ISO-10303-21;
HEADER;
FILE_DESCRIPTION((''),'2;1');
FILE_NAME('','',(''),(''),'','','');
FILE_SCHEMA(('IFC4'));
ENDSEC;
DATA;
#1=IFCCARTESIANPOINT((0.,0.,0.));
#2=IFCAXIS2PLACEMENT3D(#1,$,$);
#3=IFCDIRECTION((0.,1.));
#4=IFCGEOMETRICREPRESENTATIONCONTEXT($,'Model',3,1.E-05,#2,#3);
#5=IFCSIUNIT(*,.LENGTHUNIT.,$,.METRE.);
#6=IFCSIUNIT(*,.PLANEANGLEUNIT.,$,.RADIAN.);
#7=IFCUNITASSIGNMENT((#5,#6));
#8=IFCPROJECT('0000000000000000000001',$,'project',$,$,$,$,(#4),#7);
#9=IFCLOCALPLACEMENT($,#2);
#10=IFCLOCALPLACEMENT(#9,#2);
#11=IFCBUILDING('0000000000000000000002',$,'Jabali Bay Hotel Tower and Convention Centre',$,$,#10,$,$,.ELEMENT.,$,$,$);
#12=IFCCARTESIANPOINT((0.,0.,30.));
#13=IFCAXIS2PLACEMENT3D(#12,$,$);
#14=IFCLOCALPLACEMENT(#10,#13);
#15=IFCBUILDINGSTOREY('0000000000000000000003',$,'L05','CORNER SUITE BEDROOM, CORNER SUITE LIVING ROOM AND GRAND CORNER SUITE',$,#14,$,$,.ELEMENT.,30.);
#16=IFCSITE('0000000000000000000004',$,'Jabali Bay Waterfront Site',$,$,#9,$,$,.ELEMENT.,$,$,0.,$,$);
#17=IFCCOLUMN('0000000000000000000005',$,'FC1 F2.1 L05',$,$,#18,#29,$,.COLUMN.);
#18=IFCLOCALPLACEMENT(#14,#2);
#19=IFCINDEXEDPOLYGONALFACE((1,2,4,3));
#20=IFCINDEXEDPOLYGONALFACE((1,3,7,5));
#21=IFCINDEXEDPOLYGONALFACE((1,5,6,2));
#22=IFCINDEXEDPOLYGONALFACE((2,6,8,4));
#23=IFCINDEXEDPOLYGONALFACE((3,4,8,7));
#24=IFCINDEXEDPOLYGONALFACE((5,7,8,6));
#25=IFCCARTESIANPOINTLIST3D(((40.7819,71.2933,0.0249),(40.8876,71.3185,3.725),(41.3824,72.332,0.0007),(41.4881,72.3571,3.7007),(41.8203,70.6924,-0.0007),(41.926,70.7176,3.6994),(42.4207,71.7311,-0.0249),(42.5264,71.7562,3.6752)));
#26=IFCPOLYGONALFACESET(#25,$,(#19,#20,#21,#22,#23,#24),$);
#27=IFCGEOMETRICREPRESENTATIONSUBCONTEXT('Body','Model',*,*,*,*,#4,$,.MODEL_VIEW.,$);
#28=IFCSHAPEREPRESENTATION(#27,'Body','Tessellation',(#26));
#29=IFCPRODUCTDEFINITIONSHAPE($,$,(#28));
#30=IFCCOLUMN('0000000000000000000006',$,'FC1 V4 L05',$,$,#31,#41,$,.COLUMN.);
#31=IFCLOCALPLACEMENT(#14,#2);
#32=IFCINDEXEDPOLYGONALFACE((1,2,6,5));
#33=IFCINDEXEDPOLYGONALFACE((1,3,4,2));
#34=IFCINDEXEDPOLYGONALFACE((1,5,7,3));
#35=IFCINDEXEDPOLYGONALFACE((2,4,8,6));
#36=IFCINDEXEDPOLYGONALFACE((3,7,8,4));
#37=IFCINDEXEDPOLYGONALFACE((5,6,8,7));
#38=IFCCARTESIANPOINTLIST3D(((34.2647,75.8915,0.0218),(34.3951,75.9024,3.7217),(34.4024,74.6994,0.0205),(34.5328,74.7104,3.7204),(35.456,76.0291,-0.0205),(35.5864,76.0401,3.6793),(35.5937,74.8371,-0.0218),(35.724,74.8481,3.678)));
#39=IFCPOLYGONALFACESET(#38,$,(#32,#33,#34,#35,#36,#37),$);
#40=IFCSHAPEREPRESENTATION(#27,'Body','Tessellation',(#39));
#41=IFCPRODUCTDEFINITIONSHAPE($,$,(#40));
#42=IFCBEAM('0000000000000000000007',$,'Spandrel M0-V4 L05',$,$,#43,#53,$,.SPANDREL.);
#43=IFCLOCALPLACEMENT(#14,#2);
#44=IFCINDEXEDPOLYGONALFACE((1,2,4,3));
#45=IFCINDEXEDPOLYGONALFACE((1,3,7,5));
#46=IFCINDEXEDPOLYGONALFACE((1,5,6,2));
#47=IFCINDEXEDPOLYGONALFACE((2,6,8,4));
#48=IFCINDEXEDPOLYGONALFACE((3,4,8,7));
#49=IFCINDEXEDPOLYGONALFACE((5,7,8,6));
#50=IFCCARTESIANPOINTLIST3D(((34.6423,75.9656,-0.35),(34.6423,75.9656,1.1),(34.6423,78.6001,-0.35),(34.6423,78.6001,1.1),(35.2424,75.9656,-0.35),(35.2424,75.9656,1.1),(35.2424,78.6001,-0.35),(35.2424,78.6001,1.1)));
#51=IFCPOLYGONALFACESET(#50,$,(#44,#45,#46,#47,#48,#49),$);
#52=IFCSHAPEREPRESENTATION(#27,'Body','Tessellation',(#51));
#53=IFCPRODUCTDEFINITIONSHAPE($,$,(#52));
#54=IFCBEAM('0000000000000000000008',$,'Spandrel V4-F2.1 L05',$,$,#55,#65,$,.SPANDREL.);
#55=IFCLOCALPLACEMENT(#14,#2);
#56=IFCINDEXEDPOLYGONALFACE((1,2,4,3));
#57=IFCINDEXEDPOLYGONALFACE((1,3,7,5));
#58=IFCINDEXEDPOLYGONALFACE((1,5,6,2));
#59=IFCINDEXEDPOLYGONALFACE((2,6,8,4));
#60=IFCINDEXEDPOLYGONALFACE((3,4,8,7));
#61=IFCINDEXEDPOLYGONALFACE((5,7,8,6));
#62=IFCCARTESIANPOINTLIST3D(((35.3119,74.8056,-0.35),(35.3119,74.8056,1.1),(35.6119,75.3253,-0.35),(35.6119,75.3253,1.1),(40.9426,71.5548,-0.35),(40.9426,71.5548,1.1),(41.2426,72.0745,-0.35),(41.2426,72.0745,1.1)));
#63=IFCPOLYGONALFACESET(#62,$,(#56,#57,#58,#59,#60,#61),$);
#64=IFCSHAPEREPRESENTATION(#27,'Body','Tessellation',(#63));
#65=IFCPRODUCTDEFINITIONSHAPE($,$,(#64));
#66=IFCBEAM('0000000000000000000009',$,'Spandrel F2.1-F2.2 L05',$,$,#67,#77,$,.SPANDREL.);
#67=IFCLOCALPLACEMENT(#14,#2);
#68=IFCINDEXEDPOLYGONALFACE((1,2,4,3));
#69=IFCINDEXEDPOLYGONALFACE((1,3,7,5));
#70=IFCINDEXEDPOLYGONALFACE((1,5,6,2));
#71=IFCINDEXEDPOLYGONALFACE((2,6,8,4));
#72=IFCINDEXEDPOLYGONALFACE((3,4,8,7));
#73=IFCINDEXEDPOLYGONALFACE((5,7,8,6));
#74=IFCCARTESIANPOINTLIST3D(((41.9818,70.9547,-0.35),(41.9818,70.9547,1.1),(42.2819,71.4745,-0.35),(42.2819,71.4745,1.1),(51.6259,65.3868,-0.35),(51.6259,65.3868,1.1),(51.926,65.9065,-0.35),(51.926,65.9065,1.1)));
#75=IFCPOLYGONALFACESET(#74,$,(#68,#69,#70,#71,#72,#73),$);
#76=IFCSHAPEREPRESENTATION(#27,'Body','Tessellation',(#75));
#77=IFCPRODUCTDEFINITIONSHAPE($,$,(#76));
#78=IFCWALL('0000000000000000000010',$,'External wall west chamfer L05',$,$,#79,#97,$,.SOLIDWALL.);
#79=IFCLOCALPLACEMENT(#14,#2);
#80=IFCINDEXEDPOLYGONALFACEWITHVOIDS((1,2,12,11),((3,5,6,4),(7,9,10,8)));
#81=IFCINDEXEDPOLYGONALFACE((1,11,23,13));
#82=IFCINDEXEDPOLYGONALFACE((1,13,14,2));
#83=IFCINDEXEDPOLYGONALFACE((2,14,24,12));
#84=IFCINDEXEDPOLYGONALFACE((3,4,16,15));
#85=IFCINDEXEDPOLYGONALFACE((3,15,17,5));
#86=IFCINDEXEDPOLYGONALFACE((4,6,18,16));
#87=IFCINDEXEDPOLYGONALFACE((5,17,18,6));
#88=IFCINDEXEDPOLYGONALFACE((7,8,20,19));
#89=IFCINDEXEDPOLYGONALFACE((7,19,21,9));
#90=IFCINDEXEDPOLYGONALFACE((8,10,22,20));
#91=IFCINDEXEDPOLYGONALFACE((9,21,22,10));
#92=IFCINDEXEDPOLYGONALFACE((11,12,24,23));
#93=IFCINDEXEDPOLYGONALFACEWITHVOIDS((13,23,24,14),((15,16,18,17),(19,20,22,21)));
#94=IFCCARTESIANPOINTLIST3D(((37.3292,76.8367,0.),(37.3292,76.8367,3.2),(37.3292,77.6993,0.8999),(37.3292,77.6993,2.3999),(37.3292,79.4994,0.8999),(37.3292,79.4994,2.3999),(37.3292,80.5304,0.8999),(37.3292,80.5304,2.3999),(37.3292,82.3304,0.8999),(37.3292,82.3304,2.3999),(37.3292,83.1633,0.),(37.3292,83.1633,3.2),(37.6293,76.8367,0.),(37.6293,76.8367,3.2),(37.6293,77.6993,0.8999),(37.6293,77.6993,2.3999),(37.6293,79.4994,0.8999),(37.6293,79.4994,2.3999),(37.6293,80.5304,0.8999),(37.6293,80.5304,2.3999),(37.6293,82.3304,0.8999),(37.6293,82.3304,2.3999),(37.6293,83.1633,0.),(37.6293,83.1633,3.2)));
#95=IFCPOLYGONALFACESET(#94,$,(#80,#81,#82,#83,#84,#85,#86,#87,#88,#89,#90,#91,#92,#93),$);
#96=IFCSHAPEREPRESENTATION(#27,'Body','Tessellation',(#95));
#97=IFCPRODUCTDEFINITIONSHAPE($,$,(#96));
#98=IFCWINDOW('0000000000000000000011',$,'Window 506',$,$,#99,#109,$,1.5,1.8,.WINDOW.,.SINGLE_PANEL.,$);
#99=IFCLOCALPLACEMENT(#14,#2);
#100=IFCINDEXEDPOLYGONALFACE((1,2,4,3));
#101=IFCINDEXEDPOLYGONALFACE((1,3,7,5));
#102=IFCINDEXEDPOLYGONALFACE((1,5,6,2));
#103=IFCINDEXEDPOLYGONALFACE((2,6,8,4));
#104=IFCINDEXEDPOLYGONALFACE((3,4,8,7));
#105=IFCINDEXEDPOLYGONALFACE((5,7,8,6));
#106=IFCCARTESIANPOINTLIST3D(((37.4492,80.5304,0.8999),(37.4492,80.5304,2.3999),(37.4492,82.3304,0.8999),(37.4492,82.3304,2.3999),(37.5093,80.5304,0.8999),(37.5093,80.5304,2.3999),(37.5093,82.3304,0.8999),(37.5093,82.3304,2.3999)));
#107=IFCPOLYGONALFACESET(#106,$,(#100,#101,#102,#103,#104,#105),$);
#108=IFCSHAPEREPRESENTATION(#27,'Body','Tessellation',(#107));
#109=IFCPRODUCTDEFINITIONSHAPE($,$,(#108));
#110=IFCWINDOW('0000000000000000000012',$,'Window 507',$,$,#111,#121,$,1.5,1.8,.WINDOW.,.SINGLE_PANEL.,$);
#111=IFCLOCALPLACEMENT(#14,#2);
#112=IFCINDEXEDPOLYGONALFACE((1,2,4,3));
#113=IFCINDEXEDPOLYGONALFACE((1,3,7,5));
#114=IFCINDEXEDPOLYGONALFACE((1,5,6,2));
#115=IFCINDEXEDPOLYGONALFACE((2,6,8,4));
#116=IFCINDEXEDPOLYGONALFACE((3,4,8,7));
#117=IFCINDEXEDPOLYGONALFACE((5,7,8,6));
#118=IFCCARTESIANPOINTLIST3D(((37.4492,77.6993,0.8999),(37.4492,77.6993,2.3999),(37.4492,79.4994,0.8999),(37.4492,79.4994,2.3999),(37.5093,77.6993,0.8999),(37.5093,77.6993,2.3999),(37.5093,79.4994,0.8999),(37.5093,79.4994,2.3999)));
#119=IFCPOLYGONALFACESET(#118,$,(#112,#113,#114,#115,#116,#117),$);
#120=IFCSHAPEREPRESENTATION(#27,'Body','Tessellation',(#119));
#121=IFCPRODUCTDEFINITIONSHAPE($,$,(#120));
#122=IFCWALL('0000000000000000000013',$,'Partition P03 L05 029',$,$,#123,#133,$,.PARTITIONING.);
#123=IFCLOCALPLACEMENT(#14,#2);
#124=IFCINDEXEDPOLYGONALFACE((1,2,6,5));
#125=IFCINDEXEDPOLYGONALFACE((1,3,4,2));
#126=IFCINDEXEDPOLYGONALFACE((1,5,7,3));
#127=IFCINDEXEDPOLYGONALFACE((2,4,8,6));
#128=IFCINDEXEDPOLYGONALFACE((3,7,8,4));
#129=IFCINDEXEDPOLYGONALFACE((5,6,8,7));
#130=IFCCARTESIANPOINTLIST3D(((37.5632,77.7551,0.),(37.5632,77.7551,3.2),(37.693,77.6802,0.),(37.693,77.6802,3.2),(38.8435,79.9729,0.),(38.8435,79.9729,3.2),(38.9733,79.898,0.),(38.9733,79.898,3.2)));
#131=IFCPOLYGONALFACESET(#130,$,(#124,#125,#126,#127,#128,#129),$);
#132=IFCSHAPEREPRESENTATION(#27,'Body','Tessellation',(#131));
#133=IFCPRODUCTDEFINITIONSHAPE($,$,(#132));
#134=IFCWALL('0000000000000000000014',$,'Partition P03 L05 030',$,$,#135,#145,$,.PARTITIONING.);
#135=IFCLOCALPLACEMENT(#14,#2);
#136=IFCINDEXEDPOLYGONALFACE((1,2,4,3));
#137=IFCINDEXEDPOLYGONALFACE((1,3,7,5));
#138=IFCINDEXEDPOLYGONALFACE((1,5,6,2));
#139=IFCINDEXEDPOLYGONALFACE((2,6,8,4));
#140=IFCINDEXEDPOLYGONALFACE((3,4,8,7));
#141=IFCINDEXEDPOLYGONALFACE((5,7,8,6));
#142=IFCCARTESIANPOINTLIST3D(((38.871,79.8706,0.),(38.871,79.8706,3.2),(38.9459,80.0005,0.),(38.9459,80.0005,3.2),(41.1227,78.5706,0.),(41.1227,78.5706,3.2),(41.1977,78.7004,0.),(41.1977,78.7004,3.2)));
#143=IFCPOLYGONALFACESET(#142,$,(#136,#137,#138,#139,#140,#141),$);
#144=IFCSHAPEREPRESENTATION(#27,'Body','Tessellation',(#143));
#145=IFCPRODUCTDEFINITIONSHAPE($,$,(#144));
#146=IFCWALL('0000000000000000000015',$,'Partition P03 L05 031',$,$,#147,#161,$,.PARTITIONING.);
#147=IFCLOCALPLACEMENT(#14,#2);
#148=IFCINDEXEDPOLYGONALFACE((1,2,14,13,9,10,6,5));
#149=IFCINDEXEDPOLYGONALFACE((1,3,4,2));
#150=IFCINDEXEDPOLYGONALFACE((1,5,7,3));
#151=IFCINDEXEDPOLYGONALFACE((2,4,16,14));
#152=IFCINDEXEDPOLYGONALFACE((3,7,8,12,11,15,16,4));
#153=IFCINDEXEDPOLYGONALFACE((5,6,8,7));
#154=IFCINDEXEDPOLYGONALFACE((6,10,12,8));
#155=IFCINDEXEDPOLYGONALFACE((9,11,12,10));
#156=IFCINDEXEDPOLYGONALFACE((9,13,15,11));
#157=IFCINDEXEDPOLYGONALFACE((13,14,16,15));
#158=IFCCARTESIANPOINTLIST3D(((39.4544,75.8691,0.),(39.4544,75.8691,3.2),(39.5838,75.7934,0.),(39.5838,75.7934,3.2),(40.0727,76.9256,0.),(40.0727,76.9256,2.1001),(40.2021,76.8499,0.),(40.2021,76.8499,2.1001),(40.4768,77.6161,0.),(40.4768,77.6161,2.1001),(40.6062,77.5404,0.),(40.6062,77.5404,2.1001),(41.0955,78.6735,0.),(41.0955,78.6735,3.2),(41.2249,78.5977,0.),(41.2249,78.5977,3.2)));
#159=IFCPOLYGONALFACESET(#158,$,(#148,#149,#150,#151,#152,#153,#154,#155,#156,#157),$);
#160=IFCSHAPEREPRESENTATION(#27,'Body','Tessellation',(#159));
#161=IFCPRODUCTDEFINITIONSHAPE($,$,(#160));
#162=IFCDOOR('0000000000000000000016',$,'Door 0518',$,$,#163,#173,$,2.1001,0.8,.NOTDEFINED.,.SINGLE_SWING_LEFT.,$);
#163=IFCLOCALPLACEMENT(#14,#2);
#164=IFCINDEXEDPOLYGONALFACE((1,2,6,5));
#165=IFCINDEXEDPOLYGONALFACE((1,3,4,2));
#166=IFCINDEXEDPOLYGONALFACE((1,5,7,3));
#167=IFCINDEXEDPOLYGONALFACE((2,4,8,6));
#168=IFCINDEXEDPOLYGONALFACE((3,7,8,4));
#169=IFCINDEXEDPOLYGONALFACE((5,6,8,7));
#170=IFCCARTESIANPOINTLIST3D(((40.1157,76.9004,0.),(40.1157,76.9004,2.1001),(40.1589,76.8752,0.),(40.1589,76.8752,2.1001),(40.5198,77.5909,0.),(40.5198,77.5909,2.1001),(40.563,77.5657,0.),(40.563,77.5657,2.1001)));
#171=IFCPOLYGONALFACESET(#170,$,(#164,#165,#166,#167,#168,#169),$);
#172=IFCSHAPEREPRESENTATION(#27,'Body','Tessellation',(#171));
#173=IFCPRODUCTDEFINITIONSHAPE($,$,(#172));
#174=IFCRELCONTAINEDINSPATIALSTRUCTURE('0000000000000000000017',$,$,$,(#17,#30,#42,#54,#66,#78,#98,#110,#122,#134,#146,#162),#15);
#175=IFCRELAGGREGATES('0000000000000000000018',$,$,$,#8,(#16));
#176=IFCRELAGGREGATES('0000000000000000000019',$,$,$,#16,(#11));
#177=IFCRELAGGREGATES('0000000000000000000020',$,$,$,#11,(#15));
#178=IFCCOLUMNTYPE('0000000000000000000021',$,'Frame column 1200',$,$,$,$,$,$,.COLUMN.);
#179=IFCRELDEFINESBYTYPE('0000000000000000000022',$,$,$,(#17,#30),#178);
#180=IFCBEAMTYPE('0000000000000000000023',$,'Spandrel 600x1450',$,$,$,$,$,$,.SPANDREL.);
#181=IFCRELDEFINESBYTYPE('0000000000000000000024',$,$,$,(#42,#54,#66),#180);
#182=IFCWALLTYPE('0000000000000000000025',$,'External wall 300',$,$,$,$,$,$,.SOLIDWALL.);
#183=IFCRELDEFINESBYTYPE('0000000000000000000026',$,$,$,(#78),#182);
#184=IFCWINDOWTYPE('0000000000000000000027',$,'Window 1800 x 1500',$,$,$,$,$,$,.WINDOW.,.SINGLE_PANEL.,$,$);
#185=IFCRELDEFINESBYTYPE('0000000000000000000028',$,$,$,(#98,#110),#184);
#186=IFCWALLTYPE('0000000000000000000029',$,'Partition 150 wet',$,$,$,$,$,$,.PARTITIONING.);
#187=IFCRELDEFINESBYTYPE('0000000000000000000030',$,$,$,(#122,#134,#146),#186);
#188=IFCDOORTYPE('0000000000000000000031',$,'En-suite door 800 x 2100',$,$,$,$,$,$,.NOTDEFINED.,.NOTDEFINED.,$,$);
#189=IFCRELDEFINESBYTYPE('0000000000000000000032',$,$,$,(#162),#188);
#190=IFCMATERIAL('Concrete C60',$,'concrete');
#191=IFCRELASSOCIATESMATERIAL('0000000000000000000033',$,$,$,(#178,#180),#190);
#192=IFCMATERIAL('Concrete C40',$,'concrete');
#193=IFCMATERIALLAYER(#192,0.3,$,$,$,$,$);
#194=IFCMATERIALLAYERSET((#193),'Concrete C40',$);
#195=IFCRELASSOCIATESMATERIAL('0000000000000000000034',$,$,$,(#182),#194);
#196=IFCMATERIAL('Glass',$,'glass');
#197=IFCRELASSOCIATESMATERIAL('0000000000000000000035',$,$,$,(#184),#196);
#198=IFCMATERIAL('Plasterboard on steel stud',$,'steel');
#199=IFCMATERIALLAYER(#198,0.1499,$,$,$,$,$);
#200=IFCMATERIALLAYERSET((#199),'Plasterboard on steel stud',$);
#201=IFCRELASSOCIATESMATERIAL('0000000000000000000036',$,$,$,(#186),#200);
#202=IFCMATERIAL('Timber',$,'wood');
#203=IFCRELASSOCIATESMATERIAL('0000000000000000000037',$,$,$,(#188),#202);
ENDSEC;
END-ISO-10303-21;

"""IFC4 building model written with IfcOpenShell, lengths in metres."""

from ifc_helpers import new_model, si_unit, direction, frame, frame_2d, origin, origin_2d, place, context, subcontext, project, spatial, rectangle, extrude, material, layer, layer_set, material_profile, profile_set, type_object, element, fill, save


model = new_model("IFC4")

# Units and contexts
model_context = context("Model", 3, precision=1e-05, world=origin(), true_north=direction((0.0, 1.0)))
body_context = subcontext(model_context, "Body", "Model", "MODEL_VIEW")
ifc_project = project(units=[si_unit("LENGTHUNIT", "METRE"), si_unit("PLANEANGLEUNIT", "RADIAN")], contexts=[model_context])

# Site, building, storey
site_placement = place(None, origin())
site = spatial("IfcSite", under=ifc_project, at=site_placement, Name="Jabali Bay Waterfront Site", CompositionType="ELEMENT", RefElevation=0.0)
building_placement = place(site_placement, origin())
building = spatial("IfcBuilding", under=site, at=building_placement, Name="Jabali Bay Hotel Tower and Convention Centre", CompositionType="ELEMENT")
storey_placement = place(building_placement, frame((0.0, 0.0, 30.0)))
storey = spatial("IfcBuildingStorey", under=building, at=storey_placement, Name="L05", Description="CORNER SUITE BEDROOM, CORNER SUITE LIVING ROOM AND GRAND CORNER SUITE", CompositionType="ELEMENT", Elevation=30.0)

# Columns
ifc_material_1 = material(Name="Concrete C60", Category="concrete")
ifc_material_profile_1 = material_profile(ifc_material_1, rectangle(XDim=1.2, YDim=1.2, at=origin_2d()), Name="Frame column 1200")
ifc_profile_set_1 = profile_set([ifc_material_profile_1], Name="Concrete C60")
column_type = type_object("IfcColumnType", Name="Frame column 1200", PredefinedType="COLUMN", material=ifc_profile_set_1)
column_1_placement = place(storey_placement, frame((41.6013, 71.5122, 0.0), z_axis=(0.028559, 0.006794, 0.999569), x_axis=(-0.86532, 0.500766, 0.02132)))
element("IfcColumn", 1, at=column_1_placement, inside=storey, type_object=column_type, Name="FC1 F2.1 L05", PredefinedType="COLUMN", context=body_context, shape_type="SweptSolid", body=[
    extrude(rectangle(XDim=1.2, YDim=1.2, at=origin_2d()), origin(), (0.0, 0.0, 1.0), 3.7017),
])
column_2_placement = place(storey_placement, frame((34.9292, 75.3643, 0.0), z_axis=(0.035214, 0.002967, 0.999375), x_axis=(-0.114738, 0.993395, 0.001093)))
element("IfcColumn", 2, at=column_2_placement, inside=storey, type_object=column_type, Name="FC1 V4 L05", PredefinedType="COLUMN", context=body_context, shape_type="SweptSolid", body=[
    extrude(rectangle(XDim=1.2, YDim=1.2, at=origin_2d()), origin(), (0.0, 0.0, 1.0), 3.7021),
])

# Beams
ifc_material_profile_2 = material_profile(ifc_material_1, rectangle(XDim=0.6001, YDim=1.45, at=origin_2d()), Name="Spandrel 600x1450")
ifc_profile_set_2 = profile_set([ifc_material_profile_2], Name="Concrete C60")
beam_type = type_object("IfcBeamType", Name="Spandrel 600x1450", PredefinedType="SPANDREL", material=ifc_profile_set_2)
beam_1_placement = place(storey_placement, frame((34.9424, 78.6001, 0.375), z_axis=(0.0, -1.0, 0.0), x_axis=(1.0, 0.0, 0.0)))
element("IfcBeam", 3, at=beam_1_placement, inside=storey, type_object=beam_type, Name="Spandrel M0-V4 L05", PredefinedType="SPANDREL", context=body_context, shape_type="SweptSolid", body=[
    extrude(rectangle(XDim=0.6001, YDim=1.45, at=origin_2d()), origin(), (0.0, 0.0, 1.0), 2.6345),
])
beam_2_placement = place(storey_placement, frame((35.4619, 75.0654, 0.375), z_axis=(0.866032, -0.499988, 0.0), x_axis=(0.499988, 0.866032, 0.0)))
element("IfcBeam", 4, at=beam_2_placement, inside=storey, type_object=beam_type, Name="Spandrel V4-F2.1 L05", PredefinedType="SPANDREL", context=body_context, shape_type="SweptSolid", body=[
    extrude(rectangle(XDim=0.6001, YDim=1.45, at=origin_2d()), origin(), (0.0, 0.0, 1.0), 6.5017),
])
beam_3_placement = place(storey_placement, frame((42.1318, 71.2146, 0.375), z_axis=(0.86603, -0.499992, 0.0), x_axis=(0.499992, 0.86603, 0.0)))
element("IfcBeam", 5, at=beam_3_placement, inside=storey, type_object=beam_type, Name="Spandrel F2.1-F2.2 L05", PredefinedType="SPANDREL", context=body_context, shape_type="SweptSolid", body=[
    extrude(rectangle(XDim=0.6001, YDim=1.45, at=origin_2d()), origin(), (0.0, 0.0, 1.0), 11.136),
])

# Wall, openings, windows
ifc_material_2 = material(Name="Concrete C40", Category="concrete")
ifc_layer_1 = layer(ifc_material_2, 0.3)
ifc_layer_set_1 = layer_set([ifc_layer_1], Name="Concrete C40")
wall_type_1 = type_object("IfcWallType", Name="External wall 300", PredefinedType="SOLIDWALL", material=ifc_layer_set_1)
wall_1_placement = place(storey_placement, frame((37.4792, 76.8367, 0.0), z_axis=(0.0, 0.0, 1.0), x_axis=(0.0, 1.0, 0.0)))
wall_1 = element("IfcWall", 6, at=wall_1_placement, inside=storey, type_object=wall_type_1, Name="External wall west chamfer L05", PredefinedType="SOLIDWALL", context=body_context, shape_type="SweptSolid", body=[
    extrude(rectangle(XDim=6.3267, YDim=0.3, at=frame_2d((3.1633, 0.0))), origin(), (0.0, 0.0, 1.0), 3.2),
])
opening_1_placement = place(wall_1_placement, frame((3.6938, 0.0, 0.8999)))
opening_1 = element("IfcOpeningElement", 7, at=opening_1_placement, cuts=wall_1, PredefinedType="OPENING", context=body_context, shape_type="SweptSolid", body=[
    extrude(rectangle(XDim=1.8, YDim=1.5, at=frame_2d((0.8999, 0.75))), frame((0.0, 0.1606, 0.0), z_axis=(0.0, -1.0, 0.0), x_axis=(1.0, 0.0, 0.0)), (0.0, 0.0, 1.0), 0.321),
])
opening_2_placement = place(wall_1_placement, frame((0.8628, 0.0, 0.8999)))
opening_2 = element("IfcOpeningElement", 8, at=opening_2_placement, cuts=wall_1, PredefinedType="OPENING", context=body_context, shape_type="SweptSolid", body=[
    extrude(rectangle(XDim=1.8, YDim=1.5, at=frame_2d((0.8999, 0.75))), frame((0.0, 0.1606, 0.0), z_axis=(0.0, -1.0, 0.0), x_axis=(1.0, 0.0, 0.0)), (0.0, 0.0, 1.0), 0.321),
])
ifc_material_3 = material(Name="Glass", Category="glass")
window_type = type_object("IfcWindowType", Name="Window 1800 x 1500", PartitioningType="SINGLE_PANEL", PredefinedType="WINDOW", material=ifc_material_3)
window_1_placement = place(opening_1_placement, origin())
window_1 = element("IfcWindow", 9, at=window_1_placement, inside=storey, type_object=window_type, Name="Window 506", OverallHeight=1.5, OverallWidth=1.8, PartitioningType="SINGLE_PANEL", PredefinedType="WINDOW", context=body_context, shape_type="SweptSolid", body=[
    extrude(rectangle(XDim=1.8, YDim=1.5, at=frame_2d((0.8999, 0.75))), frame((0.0, 0.03, 0.0), z_axis=(0.0, -1.0, 0.0), x_axis=(1.0, 0.0, 0.0)), (0.0, 0.0, 1.0), 0.0601),
])
fill(opening_1, window_1)
window_2_placement = place(opening_2_placement, origin())
window_2 = element("IfcWindow", 10, at=window_2_placement, inside=storey, type_object=window_type, Name="Window 507", OverallHeight=1.5, OverallWidth=1.8, PartitioningType="SINGLE_PANEL", PredefinedType="WINDOW", context=body_context, shape_type="SweptSolid", body=[
    extrude(rectangle(XDim=1.8, YDim=1.5, at=frame_2d((0.8999, 0.75))), frame((0.0, 0.03, 0.0), z_axis=(0.0, -1.0, 0.0), x_axis=(1.0, 0.0, 0.0)), (0.0, 0.0, 1.0), 0.0601),
])
fill(opening_2, window_2)

# Walls
ifc_material_4 = material(Name="Plasterboard on steel stud", Category="steel")
ifc_layer_2 = layer(ifc_material_4, 0.1499)
ifc_layer_set_2 = layer_set([ifc_layer_2], Name="Plasterboard on steel stud")
wall_type_2 = type_object("IfcWallType", Name="Partition 150 wet", PredefinedType="PARTITIONING", material=ifc_layer_set_2)
wall_2_placement = place(storey_placement, frame((37.6282, 77.7178, 0.0), z_axis=(0.0, 0.0, 1.0), x_axis=(0.499954, 0.866052, 0.0)))
element("IfcWall", 11, at=wall_2_placement, inside=storey, type_object=wall_type_2, Name="Partition P03 L05 029", PredefinedType="PARTITIONING", context=body_context, shape_type="SweptSolid", body=[
    extrude(rectangle(XDim=2.5608, YDim=0.1499, at=frame_2d((1.2803, 0.0))), origin(), (0.0, 0.0, 1.0), 3.2),
])
wall_3_placement = place(storey_placement, frame((38.9084, 79.9355, 0.0), z_axis=(0.0, 0.0, 1.0), x_axis=(0.866021, -0.500007, 0.0)))
element("IfcWall", 12, at=wall_3_placement, inside=storey, type_object=wall_type_2, Name="Partition P03 L05 030", PredefinedType="PARTITIONING", context=body_context, shape_type="SweptSolid", body=[
    extrude(rectangle(XDim=2.6001, YDim=0.1499, at=frame_2d((1.3, 0.0))), origin(), (0.0, 0.0, 1.0), 3.2),
])

# Wall, opening, door
wall_4_placement = place(storey_placement, frame((41.1602, 78.6355, 0.0), z_axis=(0.0, 0.0, 1.0), x_axis=(-0.505062, -0.863083, 0.0)))
wall_4 = element("IfcWall", 13, at=wall_4_placement, inside=storey, type_object=wall_type_2, Name="Partition P03 L05 031", PredefinedType="PARTITIONING", context=body_context, shape_type="SweptSolid", body=[
    extrude(rectangle(XDim=3.2493, YDim=0.1499, at=frame_2d((1.6245, 0.0))), origin(), (0.0, 0.0, 1.0), 3.2),
])
opening_3_placement = place(wall_4_placement, frame((1.2251, 0.0, 0.0)))
opening_3 = element("IfcOpeningElement", 14, at=opening_3_placement, cuts=wall_4, PredefinedType="OPENING", context=body_context, shape_type="SweptSolid", body=[
    extrude(rectangle(XDim=0.8, YDim=2.1001, at=frame_2d((0.3999, 1.05))), frame((0.0, 0.0854, 0.0), z_axis=(0.0, -1.0, 0.0), x_axis=(1.0, 0.0, 0.0)), (0.0, 0.0, 1.0), 0.1709),
])
ifc_material_5 = material(Name="Timber", Category="wood")
door_type = type_object("IfcDoorType", Name="En-suite door 800 x 2100", OperationType="NOTDEFINED", PredefinedType="NOTDEFINED", material=ifc_material_5)
door_placement = place(opening_3_placement, origin())
door = element("IfcDoor", 15, at=door_placement, inside=storey, type_object=door_type, Name="Door 0518", OperationType="SINGLE_SWING_LEFT", OverallHeight=2.1001, OverallWidth=0.8, PredefinedType="NOTDEFINED", context=body_context, shape_type="SweptSolid", body=[
    extrude(rectangle(XDim=0.8, YDim=2.1001, at=frame_2d((0.3999, 1.05))), frame((0.0, 0.0249, 0.0), z_axis=(0.0, -1.0, 0.0), x_axis=(1.0, 0.0, 0.0)), (0.0, 0.0, 1.0), 0.05),
])
fill(opening_3, door)

save(model, "model.ifc")
